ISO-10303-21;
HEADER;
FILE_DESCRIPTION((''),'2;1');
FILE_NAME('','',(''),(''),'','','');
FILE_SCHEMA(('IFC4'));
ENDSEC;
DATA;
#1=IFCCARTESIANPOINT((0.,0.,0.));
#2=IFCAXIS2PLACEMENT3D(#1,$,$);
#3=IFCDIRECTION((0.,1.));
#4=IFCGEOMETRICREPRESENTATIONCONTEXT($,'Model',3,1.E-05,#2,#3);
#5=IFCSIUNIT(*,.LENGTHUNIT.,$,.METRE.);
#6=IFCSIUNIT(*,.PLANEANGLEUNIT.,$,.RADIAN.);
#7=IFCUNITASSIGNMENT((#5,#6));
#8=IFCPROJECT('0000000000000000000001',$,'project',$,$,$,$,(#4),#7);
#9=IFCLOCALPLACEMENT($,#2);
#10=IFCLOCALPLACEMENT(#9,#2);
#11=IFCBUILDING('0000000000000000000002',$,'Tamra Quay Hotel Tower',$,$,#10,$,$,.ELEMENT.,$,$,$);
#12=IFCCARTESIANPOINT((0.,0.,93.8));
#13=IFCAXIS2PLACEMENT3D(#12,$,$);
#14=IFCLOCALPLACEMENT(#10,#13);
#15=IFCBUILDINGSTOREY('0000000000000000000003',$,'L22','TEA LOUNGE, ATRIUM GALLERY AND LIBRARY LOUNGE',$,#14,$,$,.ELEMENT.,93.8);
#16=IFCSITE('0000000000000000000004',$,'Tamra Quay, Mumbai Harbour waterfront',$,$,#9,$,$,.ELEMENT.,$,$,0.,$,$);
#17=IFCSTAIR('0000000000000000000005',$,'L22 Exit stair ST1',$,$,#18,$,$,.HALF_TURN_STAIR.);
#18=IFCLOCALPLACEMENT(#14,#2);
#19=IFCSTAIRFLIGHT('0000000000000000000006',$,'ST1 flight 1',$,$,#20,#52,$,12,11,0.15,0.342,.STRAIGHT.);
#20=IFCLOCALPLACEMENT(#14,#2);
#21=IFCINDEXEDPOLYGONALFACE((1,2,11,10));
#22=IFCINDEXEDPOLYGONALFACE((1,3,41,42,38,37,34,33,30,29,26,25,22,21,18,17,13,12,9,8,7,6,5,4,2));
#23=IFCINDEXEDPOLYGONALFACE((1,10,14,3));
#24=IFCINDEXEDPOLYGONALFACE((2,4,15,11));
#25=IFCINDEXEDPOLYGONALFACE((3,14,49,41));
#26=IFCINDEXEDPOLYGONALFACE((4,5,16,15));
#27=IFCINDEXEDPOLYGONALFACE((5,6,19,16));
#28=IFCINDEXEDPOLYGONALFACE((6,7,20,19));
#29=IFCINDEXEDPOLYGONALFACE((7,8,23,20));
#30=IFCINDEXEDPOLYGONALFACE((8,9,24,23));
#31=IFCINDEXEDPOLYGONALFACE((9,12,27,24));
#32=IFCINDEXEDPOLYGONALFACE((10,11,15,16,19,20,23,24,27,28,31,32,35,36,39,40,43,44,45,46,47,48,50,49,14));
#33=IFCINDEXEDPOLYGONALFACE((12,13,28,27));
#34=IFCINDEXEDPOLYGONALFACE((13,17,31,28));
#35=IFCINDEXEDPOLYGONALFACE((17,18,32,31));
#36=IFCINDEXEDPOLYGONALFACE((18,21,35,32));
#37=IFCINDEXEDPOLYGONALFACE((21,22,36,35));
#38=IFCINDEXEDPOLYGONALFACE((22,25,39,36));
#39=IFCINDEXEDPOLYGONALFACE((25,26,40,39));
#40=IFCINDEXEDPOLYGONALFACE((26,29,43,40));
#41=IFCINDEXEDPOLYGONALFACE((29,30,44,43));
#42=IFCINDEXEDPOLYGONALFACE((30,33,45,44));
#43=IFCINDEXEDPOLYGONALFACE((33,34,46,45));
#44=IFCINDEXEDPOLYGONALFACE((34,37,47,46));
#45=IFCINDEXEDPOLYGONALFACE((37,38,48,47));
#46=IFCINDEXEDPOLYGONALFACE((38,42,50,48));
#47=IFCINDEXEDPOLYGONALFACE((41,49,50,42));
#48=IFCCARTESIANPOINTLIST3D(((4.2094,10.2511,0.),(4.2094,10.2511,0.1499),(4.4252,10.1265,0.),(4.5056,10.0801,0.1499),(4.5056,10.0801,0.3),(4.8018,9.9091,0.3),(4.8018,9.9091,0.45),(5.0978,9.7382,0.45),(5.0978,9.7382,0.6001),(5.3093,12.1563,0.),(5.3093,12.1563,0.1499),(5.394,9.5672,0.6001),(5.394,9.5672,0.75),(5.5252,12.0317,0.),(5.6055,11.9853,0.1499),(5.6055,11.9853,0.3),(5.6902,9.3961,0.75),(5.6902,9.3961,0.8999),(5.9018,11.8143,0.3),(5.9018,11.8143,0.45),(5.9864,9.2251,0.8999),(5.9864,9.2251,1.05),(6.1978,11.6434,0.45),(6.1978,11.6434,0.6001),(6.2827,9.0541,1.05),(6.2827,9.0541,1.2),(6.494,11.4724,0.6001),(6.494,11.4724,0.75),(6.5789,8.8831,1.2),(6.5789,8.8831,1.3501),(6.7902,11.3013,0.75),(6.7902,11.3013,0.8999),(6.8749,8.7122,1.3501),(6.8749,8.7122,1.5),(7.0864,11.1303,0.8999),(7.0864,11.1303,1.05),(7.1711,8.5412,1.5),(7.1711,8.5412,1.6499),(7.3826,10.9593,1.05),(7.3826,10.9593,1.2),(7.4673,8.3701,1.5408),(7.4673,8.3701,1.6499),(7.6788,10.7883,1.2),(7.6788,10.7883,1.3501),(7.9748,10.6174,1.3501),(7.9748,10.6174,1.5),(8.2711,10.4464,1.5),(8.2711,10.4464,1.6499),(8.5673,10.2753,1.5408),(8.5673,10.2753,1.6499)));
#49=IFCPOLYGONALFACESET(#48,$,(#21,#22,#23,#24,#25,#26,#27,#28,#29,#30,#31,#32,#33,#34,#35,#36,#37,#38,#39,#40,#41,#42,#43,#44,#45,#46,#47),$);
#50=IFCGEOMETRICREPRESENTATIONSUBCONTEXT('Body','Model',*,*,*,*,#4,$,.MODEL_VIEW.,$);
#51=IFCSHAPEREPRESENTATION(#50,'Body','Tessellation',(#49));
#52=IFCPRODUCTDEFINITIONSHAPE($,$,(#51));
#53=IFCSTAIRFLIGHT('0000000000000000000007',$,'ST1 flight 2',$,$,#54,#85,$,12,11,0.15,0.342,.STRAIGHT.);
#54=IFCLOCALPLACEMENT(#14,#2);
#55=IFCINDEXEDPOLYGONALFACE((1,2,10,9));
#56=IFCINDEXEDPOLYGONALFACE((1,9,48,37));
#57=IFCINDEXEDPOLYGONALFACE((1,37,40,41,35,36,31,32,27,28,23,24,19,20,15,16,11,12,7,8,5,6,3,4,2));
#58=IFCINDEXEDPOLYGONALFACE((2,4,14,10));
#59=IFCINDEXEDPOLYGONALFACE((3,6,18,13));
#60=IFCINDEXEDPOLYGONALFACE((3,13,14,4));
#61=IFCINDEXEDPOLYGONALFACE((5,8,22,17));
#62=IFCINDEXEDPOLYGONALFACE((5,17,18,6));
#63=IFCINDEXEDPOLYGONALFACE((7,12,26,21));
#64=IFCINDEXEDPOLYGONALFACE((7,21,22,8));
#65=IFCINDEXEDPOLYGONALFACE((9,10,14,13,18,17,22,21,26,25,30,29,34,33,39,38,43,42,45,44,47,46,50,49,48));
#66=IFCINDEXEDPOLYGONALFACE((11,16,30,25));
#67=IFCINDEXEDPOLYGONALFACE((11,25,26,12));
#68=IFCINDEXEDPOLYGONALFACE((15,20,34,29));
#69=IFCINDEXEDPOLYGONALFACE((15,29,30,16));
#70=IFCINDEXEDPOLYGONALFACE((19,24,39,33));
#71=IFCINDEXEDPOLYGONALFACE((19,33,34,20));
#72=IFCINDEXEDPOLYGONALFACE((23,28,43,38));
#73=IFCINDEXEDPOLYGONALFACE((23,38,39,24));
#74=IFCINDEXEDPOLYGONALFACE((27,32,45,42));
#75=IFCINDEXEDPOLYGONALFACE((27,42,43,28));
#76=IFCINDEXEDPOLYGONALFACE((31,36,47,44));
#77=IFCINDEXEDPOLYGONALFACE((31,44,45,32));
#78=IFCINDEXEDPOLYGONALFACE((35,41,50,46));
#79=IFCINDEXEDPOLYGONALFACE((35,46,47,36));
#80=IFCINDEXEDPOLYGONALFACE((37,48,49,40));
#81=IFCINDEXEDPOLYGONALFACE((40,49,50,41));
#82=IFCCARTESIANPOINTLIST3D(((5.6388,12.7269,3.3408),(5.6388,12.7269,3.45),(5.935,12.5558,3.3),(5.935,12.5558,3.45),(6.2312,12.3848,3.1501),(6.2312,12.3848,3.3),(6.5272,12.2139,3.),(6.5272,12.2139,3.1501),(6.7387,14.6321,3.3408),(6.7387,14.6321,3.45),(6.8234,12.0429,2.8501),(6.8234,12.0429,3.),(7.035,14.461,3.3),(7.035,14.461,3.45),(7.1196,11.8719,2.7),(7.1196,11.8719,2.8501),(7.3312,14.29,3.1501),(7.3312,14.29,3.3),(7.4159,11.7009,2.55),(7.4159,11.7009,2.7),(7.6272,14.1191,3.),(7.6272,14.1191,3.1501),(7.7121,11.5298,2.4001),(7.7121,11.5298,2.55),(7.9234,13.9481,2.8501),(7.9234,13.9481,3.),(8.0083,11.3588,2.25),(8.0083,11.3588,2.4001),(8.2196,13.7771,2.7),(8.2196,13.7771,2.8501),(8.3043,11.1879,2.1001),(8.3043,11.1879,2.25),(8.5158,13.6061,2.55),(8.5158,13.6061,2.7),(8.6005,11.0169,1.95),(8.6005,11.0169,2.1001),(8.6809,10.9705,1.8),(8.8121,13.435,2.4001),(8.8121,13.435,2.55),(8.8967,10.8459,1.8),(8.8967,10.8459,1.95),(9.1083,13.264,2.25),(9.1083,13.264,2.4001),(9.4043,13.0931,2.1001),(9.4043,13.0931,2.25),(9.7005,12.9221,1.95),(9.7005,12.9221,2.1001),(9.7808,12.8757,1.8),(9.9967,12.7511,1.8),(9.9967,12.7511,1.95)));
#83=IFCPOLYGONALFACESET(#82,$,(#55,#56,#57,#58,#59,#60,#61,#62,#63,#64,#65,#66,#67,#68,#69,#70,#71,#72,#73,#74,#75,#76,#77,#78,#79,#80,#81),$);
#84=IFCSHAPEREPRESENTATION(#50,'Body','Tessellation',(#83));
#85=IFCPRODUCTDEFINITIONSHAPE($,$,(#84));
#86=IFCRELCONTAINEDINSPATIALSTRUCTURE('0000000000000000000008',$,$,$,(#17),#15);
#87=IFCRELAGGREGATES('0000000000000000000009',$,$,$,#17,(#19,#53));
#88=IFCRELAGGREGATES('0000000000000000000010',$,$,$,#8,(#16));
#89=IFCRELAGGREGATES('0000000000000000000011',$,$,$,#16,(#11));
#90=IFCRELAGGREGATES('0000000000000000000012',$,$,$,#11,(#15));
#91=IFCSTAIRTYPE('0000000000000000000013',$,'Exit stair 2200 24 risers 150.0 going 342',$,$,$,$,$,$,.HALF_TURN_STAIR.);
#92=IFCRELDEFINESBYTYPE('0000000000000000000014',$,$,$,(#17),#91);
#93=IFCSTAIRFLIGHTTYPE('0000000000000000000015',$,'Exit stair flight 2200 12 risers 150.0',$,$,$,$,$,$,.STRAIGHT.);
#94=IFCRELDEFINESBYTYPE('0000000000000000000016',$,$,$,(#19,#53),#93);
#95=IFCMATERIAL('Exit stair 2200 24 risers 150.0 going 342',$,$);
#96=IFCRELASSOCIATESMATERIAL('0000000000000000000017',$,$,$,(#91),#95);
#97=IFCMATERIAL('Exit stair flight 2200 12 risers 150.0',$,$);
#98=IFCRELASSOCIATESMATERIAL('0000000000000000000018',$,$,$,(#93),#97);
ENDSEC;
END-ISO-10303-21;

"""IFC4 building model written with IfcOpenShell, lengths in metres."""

from ifc_helpers import new_model, si_unit, direction, frame, origin, place, context, subcontext, project, spatial, polyline, outline, extrude, material, type_object, element, aggregate, save


model = new_model("IFC4")

# Units and contexts
model_context = context("Model", 3, precision=1e-05, world=origin(), true_north=direction((0.0, 1.0)))
body_context = subcontext(model_context, "Body", "Model", "MODEL_VIEW")
ifc_project = project(units=[si_unit("LENGTHUNIT", "METRE"), si_unit("PLANEANGLEUNIT", "RADIAN")], contexts=[model_context])

# Site, building, storey
site_placement = place(None, origin())
site = spatial("IfcSite", under=ifc_project, at=site_placement, Name="Tamra Quay, Mumbai Harbour waterfront", CompositionType="ELEMENT", RefElevation=0.0)
building_placement = place(site_placement, origin())
building = spatial("IfcBuilding", under=site, at=building_placement, Name="Tamra Quay Hotel Tower", CompositionType="ELEMENT")
storey_placement = place(building_placement, frame((0.0, 0.0, 93.8)))
storey = spatial("IfcBuildingStorey", under=building, at=storey_placement, Name="L22", Description="TEA LOUNGE, ATRIUM GALLERY AND LIBRARY LOUNGE", CompositionType="ELEMENT", Elevation=93.8)

# Stair, stair flights
ifc_material_1 = material(Name="Exit stair 2200 24 risers 150.0 going 342")
stair_type = type_object("IfcStairType", Name="Exit stair 2200 24 risers 150.0 going 342", PredefinedType="HALF_TURN_STAIR", material=ifc_material_1)
stair_placement = place(storey_placement, origin())
stair = element("IfcStair", 1, at=stair_placement, inside=storey, type_object=stair_type, Name="L22 Exit stair ST1", PredefinedType="HALF_TURN_STAIR")
ifc_material_2 = material(Name="Exit stair flight 2200 12 risers 150.0")
stair_flight_type = type_object("IfcStairFlightType", Name="Exit stair flight 2200 12 risers 150.0", PredefinedType="STRAIGHT", material=ifc_material_2)
stair_flight_1_placement = place(storey_placement, frame((4.7593, 11.2036, 0.0), z_axis=(0.0, 0.0, 1.0), x_axis=(0.866025, -0.5, 0.0)))
stair_flight_1 = element("IfcStairFlight", 2, at=stair_flight_1_placement, type_object=stair_flight_type, Name="ST1 flight 1", NumberOfRisers=12, NumberOfTreads=11, PredefinedType="STRAIGHT", RiserHeight=0.15, TreadLength=0.342, context=body_context, shape_type="SweptSolid", body=[
    extrude(outline(polyline([(0.0, 0.0), (0.0, 0.1499), (0.342, 0.1499), (0.342, 0.3), (0.6841, 0.3), (0.6841, 0.45), (1.0259, 0.45), (1.0259, 0.6001), (1.3679, 0.6001), (1.3679, 0.75), (1.71, 0.75), (1.71, 0.8999), (2.052, 0.8999), (2.052, 1.05), (2.394, 1.05), (2.394, 1.2), (2.7361, 1.2), (2.7361, 1.3501), (3.0779, 1.3501), (3.0779, 1.5), (3.4199, 1.5), (3.4199, 1.6499), (3.762, 1.6499), (3.762, 1.8), (3.762, 1.5408), (0.2493, 0.0), (0.0, 0.0)])), frame((0.0, 1.1001, 0.0), z_axis=(0.0, -1.0, 0.0), x_axis=(1.0, 0.0, 0.0)), (0.0, 0.0, 1.0), 2.2),
])
stair_flight_2_placement = place(storey_placement, frame((9.4468, 11.7986, 1.8), z_axis=(0.0, 0.0, 1.0), x_axis=(-0.866025, 0.5, 0.0)))
stair_flight_2 = element("IfcStairFlight", 3, at=stair_flight_2_placement, type_object=stair_flight_type, Name="ST1 flight 2", NumberOfRisers=12, NumberOfTreads=11, PredefinedType="STRAIGHT", RiserHeight=0.15, TreadLength=0.342, context=body_context, shape_type="SweptSolid", body=[
    extrude(outline(polyline([(0.0, 0.0), (0.0, 0.1499), (0.342, 0.1499), (0.342, 0.3), (0.6841, 0.3), (0.6841, 0.45), (1.0259, 0.45), (1.0259, 0.6001), (1.3679, 0.6001), (1.3679, 0.75), (1.71, 0.75), (1.71, 0.8999), (2.052, 0.8999), (2.052, 1.05), (2.394, 1.05), (2.394, 1.2), (2.7361, 1.2), (2.7361, 1.3501), (3.0779, 1.3501), (3.0779, 1.5), (3.4199, 1.5), (3.4199, 1.6499), (3.762, 1.6499), (3.762, 1.8), (3.762, 1.5408), (0.2493, 0.0), (0.0, 0.0)])), frame((0.0, 1.1001, 0.0), z_axis=(0.0, -1.0, 0.0), x_axis=(1.0, 0.0, 0.0)), (0.0, 0.0, 1.0), 2.2),
])
aggregate(stair, [stair_flight_1, stair_flight_2])

save(model, "model.ifc")
